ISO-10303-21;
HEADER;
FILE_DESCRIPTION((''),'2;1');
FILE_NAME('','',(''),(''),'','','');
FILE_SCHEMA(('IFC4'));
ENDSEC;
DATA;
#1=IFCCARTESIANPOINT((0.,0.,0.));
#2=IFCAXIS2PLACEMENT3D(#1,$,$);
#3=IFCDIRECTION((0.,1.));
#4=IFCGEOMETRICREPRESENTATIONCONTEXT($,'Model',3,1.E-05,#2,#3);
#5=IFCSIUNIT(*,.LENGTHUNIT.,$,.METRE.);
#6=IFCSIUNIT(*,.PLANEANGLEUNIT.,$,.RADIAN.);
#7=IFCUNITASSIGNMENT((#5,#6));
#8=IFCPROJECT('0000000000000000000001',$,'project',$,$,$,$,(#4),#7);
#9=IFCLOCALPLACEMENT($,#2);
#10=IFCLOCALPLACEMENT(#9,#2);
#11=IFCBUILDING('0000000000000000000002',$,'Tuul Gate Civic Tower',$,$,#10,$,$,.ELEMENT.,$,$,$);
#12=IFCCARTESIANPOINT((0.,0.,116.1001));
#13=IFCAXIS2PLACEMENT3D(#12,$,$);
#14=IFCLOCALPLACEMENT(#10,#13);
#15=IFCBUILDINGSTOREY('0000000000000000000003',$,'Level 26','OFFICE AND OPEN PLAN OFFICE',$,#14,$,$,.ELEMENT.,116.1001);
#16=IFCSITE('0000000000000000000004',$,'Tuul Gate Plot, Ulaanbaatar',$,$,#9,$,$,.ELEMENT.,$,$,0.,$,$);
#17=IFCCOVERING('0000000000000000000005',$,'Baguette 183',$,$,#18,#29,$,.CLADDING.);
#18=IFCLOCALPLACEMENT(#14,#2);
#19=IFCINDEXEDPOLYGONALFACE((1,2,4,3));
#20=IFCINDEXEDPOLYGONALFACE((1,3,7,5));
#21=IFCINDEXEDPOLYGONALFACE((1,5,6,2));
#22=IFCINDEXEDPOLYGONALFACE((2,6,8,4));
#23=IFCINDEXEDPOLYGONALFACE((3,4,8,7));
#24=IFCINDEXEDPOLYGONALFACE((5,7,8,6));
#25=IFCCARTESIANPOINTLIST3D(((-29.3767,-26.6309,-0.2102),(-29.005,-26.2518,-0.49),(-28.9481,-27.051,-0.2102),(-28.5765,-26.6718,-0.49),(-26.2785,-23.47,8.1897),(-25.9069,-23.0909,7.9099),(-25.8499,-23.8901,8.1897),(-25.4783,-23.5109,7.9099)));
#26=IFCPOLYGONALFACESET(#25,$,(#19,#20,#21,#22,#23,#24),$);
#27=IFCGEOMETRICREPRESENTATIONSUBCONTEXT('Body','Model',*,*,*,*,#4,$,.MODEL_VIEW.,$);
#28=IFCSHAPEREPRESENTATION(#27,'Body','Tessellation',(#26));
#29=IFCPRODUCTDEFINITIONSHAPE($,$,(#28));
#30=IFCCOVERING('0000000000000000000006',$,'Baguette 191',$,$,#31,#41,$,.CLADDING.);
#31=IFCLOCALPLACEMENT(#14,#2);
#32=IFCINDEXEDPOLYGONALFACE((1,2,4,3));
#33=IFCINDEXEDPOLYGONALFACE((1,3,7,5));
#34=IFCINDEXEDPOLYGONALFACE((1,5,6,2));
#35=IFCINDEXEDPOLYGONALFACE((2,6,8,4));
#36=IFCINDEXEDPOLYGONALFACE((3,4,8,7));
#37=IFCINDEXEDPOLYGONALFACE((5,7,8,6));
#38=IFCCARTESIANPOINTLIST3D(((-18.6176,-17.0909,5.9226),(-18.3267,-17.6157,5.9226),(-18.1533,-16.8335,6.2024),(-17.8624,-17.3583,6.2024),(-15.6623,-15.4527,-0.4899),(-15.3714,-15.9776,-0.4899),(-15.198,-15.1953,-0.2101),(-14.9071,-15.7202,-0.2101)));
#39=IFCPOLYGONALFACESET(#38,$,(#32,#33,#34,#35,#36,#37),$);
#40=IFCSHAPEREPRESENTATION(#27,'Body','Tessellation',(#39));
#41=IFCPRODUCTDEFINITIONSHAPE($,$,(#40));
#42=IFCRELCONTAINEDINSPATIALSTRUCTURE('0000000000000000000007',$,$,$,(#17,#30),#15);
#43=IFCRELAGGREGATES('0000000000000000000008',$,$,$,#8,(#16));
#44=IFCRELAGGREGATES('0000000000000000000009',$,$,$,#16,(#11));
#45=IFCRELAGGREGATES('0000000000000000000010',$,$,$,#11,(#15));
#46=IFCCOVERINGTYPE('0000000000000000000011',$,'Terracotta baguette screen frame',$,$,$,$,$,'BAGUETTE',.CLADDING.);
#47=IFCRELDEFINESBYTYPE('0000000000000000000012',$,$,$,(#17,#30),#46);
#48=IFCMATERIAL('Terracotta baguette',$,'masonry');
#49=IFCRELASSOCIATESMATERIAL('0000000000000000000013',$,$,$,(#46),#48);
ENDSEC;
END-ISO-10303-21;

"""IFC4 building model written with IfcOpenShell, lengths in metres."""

from ifc_helpers import new_model, si_unit, direction, frame, origin, origin_2d, place, context, subcontext, project, spatial, rectangle, extrude, material, material_profile, profile_set, type_object, element, save


model = new_model("IFC4")

# Units and contexts
model_context = context("Model", 3, precision=1e-05, world=origin(), true_north=direction((0.0, 1.0)))
body_context = subcontext(model_context, "Body", "Model", "MODEL_VIEW")
ifc_project = project(units=[si_unit("LENGTHUNIT", "METRE"), si_unit("PLANEANGLEUNIT", "RADIAN")], contexts=[model_context])

# Site, building, storey
site_placement = place(None, origin())
site = spatial("IfcSite", under=ifc_project, at=site_placement, Name="Tuul Gate Plot, Ulaanbaatar", CompositionType="ELEMENT", RefElevation=0.0)
building_placement = place(site_placement, origin())
building = spatial("IfcBuilding", under=site, at=building_placement, Name="Tuul Gate Civic Tower", CompositionType="ELEMENT")
storey_placement = place(building_placement, frame((0.0, 0.0, 116.1001)))
storey = spatial("IfcBuildingStorey", under=building, at=storey_placement, Name="Level 26", Description="OFFICE AND OPEN PLAN OFFICE", CompositionType="ELEMENT", Elevation=116.1001)

# Coverings
ifc_material_1 = material(Name="Terracotta baguette", Category="masonry")
ifc_material_profile_1 = material_profile(ifc_material_1, rectangle(XDim=0.6001, YDim=0.6001, at=origin_2d()), Name="Terracotta baguette screen frame")
ifc_profile_set_1 = profile_set([ifc_material_profile_1], Name="Terracotta baguette")
covering_type = type_object("IfcCoveringType", Name="Terracotta baguette screen frame", ElementType="BAGUETTE", PredefinedType="CLADDING", material=ifc_profile_set_1)
covering_1_placement = place(storey_placement, frame((-25.8784, -23.4905, 8.0498), z_axis=(-0.326305, -0.332913, -0.8847), x_axis=(0.714159, -0.699983, 0.0)))
element("IfcCovering", 1, at=covering_1_placement, inside=storey, type_object=covering_type, Name="Baguette 183", PredefinedType="CLADDING", context=body_context, shape_type="SweptSolid", body=[
    extrude(rectangle(XDim=0.6001, YDim=0.6001, at=origin_2d()), origin(), (0.0, 0.0, 1.0), 9.4946),
])
covering_2_placement = place(storey_placement, frame((-18.24, -17.2246, 6.0625), z_axis=(0.407722, 0.226007, -0.884694), x_axis=(-0.484815, 0.874617, 0.0)))
element("IfcCovering", 2, at=covering_2_placement, inside=storey, type_object=covering_type, Name="Baguette 191", PredefinedType="CLADDING", context=body_context, shape_type="SweptSolid", body=[
    extrude(rectangle(XDim=0.6001, YDim=0.6001, at=origin_2d()), origin(), (0.0, 0.0, 1.0), 7.2483),
])

save(model, "model.ifc")
